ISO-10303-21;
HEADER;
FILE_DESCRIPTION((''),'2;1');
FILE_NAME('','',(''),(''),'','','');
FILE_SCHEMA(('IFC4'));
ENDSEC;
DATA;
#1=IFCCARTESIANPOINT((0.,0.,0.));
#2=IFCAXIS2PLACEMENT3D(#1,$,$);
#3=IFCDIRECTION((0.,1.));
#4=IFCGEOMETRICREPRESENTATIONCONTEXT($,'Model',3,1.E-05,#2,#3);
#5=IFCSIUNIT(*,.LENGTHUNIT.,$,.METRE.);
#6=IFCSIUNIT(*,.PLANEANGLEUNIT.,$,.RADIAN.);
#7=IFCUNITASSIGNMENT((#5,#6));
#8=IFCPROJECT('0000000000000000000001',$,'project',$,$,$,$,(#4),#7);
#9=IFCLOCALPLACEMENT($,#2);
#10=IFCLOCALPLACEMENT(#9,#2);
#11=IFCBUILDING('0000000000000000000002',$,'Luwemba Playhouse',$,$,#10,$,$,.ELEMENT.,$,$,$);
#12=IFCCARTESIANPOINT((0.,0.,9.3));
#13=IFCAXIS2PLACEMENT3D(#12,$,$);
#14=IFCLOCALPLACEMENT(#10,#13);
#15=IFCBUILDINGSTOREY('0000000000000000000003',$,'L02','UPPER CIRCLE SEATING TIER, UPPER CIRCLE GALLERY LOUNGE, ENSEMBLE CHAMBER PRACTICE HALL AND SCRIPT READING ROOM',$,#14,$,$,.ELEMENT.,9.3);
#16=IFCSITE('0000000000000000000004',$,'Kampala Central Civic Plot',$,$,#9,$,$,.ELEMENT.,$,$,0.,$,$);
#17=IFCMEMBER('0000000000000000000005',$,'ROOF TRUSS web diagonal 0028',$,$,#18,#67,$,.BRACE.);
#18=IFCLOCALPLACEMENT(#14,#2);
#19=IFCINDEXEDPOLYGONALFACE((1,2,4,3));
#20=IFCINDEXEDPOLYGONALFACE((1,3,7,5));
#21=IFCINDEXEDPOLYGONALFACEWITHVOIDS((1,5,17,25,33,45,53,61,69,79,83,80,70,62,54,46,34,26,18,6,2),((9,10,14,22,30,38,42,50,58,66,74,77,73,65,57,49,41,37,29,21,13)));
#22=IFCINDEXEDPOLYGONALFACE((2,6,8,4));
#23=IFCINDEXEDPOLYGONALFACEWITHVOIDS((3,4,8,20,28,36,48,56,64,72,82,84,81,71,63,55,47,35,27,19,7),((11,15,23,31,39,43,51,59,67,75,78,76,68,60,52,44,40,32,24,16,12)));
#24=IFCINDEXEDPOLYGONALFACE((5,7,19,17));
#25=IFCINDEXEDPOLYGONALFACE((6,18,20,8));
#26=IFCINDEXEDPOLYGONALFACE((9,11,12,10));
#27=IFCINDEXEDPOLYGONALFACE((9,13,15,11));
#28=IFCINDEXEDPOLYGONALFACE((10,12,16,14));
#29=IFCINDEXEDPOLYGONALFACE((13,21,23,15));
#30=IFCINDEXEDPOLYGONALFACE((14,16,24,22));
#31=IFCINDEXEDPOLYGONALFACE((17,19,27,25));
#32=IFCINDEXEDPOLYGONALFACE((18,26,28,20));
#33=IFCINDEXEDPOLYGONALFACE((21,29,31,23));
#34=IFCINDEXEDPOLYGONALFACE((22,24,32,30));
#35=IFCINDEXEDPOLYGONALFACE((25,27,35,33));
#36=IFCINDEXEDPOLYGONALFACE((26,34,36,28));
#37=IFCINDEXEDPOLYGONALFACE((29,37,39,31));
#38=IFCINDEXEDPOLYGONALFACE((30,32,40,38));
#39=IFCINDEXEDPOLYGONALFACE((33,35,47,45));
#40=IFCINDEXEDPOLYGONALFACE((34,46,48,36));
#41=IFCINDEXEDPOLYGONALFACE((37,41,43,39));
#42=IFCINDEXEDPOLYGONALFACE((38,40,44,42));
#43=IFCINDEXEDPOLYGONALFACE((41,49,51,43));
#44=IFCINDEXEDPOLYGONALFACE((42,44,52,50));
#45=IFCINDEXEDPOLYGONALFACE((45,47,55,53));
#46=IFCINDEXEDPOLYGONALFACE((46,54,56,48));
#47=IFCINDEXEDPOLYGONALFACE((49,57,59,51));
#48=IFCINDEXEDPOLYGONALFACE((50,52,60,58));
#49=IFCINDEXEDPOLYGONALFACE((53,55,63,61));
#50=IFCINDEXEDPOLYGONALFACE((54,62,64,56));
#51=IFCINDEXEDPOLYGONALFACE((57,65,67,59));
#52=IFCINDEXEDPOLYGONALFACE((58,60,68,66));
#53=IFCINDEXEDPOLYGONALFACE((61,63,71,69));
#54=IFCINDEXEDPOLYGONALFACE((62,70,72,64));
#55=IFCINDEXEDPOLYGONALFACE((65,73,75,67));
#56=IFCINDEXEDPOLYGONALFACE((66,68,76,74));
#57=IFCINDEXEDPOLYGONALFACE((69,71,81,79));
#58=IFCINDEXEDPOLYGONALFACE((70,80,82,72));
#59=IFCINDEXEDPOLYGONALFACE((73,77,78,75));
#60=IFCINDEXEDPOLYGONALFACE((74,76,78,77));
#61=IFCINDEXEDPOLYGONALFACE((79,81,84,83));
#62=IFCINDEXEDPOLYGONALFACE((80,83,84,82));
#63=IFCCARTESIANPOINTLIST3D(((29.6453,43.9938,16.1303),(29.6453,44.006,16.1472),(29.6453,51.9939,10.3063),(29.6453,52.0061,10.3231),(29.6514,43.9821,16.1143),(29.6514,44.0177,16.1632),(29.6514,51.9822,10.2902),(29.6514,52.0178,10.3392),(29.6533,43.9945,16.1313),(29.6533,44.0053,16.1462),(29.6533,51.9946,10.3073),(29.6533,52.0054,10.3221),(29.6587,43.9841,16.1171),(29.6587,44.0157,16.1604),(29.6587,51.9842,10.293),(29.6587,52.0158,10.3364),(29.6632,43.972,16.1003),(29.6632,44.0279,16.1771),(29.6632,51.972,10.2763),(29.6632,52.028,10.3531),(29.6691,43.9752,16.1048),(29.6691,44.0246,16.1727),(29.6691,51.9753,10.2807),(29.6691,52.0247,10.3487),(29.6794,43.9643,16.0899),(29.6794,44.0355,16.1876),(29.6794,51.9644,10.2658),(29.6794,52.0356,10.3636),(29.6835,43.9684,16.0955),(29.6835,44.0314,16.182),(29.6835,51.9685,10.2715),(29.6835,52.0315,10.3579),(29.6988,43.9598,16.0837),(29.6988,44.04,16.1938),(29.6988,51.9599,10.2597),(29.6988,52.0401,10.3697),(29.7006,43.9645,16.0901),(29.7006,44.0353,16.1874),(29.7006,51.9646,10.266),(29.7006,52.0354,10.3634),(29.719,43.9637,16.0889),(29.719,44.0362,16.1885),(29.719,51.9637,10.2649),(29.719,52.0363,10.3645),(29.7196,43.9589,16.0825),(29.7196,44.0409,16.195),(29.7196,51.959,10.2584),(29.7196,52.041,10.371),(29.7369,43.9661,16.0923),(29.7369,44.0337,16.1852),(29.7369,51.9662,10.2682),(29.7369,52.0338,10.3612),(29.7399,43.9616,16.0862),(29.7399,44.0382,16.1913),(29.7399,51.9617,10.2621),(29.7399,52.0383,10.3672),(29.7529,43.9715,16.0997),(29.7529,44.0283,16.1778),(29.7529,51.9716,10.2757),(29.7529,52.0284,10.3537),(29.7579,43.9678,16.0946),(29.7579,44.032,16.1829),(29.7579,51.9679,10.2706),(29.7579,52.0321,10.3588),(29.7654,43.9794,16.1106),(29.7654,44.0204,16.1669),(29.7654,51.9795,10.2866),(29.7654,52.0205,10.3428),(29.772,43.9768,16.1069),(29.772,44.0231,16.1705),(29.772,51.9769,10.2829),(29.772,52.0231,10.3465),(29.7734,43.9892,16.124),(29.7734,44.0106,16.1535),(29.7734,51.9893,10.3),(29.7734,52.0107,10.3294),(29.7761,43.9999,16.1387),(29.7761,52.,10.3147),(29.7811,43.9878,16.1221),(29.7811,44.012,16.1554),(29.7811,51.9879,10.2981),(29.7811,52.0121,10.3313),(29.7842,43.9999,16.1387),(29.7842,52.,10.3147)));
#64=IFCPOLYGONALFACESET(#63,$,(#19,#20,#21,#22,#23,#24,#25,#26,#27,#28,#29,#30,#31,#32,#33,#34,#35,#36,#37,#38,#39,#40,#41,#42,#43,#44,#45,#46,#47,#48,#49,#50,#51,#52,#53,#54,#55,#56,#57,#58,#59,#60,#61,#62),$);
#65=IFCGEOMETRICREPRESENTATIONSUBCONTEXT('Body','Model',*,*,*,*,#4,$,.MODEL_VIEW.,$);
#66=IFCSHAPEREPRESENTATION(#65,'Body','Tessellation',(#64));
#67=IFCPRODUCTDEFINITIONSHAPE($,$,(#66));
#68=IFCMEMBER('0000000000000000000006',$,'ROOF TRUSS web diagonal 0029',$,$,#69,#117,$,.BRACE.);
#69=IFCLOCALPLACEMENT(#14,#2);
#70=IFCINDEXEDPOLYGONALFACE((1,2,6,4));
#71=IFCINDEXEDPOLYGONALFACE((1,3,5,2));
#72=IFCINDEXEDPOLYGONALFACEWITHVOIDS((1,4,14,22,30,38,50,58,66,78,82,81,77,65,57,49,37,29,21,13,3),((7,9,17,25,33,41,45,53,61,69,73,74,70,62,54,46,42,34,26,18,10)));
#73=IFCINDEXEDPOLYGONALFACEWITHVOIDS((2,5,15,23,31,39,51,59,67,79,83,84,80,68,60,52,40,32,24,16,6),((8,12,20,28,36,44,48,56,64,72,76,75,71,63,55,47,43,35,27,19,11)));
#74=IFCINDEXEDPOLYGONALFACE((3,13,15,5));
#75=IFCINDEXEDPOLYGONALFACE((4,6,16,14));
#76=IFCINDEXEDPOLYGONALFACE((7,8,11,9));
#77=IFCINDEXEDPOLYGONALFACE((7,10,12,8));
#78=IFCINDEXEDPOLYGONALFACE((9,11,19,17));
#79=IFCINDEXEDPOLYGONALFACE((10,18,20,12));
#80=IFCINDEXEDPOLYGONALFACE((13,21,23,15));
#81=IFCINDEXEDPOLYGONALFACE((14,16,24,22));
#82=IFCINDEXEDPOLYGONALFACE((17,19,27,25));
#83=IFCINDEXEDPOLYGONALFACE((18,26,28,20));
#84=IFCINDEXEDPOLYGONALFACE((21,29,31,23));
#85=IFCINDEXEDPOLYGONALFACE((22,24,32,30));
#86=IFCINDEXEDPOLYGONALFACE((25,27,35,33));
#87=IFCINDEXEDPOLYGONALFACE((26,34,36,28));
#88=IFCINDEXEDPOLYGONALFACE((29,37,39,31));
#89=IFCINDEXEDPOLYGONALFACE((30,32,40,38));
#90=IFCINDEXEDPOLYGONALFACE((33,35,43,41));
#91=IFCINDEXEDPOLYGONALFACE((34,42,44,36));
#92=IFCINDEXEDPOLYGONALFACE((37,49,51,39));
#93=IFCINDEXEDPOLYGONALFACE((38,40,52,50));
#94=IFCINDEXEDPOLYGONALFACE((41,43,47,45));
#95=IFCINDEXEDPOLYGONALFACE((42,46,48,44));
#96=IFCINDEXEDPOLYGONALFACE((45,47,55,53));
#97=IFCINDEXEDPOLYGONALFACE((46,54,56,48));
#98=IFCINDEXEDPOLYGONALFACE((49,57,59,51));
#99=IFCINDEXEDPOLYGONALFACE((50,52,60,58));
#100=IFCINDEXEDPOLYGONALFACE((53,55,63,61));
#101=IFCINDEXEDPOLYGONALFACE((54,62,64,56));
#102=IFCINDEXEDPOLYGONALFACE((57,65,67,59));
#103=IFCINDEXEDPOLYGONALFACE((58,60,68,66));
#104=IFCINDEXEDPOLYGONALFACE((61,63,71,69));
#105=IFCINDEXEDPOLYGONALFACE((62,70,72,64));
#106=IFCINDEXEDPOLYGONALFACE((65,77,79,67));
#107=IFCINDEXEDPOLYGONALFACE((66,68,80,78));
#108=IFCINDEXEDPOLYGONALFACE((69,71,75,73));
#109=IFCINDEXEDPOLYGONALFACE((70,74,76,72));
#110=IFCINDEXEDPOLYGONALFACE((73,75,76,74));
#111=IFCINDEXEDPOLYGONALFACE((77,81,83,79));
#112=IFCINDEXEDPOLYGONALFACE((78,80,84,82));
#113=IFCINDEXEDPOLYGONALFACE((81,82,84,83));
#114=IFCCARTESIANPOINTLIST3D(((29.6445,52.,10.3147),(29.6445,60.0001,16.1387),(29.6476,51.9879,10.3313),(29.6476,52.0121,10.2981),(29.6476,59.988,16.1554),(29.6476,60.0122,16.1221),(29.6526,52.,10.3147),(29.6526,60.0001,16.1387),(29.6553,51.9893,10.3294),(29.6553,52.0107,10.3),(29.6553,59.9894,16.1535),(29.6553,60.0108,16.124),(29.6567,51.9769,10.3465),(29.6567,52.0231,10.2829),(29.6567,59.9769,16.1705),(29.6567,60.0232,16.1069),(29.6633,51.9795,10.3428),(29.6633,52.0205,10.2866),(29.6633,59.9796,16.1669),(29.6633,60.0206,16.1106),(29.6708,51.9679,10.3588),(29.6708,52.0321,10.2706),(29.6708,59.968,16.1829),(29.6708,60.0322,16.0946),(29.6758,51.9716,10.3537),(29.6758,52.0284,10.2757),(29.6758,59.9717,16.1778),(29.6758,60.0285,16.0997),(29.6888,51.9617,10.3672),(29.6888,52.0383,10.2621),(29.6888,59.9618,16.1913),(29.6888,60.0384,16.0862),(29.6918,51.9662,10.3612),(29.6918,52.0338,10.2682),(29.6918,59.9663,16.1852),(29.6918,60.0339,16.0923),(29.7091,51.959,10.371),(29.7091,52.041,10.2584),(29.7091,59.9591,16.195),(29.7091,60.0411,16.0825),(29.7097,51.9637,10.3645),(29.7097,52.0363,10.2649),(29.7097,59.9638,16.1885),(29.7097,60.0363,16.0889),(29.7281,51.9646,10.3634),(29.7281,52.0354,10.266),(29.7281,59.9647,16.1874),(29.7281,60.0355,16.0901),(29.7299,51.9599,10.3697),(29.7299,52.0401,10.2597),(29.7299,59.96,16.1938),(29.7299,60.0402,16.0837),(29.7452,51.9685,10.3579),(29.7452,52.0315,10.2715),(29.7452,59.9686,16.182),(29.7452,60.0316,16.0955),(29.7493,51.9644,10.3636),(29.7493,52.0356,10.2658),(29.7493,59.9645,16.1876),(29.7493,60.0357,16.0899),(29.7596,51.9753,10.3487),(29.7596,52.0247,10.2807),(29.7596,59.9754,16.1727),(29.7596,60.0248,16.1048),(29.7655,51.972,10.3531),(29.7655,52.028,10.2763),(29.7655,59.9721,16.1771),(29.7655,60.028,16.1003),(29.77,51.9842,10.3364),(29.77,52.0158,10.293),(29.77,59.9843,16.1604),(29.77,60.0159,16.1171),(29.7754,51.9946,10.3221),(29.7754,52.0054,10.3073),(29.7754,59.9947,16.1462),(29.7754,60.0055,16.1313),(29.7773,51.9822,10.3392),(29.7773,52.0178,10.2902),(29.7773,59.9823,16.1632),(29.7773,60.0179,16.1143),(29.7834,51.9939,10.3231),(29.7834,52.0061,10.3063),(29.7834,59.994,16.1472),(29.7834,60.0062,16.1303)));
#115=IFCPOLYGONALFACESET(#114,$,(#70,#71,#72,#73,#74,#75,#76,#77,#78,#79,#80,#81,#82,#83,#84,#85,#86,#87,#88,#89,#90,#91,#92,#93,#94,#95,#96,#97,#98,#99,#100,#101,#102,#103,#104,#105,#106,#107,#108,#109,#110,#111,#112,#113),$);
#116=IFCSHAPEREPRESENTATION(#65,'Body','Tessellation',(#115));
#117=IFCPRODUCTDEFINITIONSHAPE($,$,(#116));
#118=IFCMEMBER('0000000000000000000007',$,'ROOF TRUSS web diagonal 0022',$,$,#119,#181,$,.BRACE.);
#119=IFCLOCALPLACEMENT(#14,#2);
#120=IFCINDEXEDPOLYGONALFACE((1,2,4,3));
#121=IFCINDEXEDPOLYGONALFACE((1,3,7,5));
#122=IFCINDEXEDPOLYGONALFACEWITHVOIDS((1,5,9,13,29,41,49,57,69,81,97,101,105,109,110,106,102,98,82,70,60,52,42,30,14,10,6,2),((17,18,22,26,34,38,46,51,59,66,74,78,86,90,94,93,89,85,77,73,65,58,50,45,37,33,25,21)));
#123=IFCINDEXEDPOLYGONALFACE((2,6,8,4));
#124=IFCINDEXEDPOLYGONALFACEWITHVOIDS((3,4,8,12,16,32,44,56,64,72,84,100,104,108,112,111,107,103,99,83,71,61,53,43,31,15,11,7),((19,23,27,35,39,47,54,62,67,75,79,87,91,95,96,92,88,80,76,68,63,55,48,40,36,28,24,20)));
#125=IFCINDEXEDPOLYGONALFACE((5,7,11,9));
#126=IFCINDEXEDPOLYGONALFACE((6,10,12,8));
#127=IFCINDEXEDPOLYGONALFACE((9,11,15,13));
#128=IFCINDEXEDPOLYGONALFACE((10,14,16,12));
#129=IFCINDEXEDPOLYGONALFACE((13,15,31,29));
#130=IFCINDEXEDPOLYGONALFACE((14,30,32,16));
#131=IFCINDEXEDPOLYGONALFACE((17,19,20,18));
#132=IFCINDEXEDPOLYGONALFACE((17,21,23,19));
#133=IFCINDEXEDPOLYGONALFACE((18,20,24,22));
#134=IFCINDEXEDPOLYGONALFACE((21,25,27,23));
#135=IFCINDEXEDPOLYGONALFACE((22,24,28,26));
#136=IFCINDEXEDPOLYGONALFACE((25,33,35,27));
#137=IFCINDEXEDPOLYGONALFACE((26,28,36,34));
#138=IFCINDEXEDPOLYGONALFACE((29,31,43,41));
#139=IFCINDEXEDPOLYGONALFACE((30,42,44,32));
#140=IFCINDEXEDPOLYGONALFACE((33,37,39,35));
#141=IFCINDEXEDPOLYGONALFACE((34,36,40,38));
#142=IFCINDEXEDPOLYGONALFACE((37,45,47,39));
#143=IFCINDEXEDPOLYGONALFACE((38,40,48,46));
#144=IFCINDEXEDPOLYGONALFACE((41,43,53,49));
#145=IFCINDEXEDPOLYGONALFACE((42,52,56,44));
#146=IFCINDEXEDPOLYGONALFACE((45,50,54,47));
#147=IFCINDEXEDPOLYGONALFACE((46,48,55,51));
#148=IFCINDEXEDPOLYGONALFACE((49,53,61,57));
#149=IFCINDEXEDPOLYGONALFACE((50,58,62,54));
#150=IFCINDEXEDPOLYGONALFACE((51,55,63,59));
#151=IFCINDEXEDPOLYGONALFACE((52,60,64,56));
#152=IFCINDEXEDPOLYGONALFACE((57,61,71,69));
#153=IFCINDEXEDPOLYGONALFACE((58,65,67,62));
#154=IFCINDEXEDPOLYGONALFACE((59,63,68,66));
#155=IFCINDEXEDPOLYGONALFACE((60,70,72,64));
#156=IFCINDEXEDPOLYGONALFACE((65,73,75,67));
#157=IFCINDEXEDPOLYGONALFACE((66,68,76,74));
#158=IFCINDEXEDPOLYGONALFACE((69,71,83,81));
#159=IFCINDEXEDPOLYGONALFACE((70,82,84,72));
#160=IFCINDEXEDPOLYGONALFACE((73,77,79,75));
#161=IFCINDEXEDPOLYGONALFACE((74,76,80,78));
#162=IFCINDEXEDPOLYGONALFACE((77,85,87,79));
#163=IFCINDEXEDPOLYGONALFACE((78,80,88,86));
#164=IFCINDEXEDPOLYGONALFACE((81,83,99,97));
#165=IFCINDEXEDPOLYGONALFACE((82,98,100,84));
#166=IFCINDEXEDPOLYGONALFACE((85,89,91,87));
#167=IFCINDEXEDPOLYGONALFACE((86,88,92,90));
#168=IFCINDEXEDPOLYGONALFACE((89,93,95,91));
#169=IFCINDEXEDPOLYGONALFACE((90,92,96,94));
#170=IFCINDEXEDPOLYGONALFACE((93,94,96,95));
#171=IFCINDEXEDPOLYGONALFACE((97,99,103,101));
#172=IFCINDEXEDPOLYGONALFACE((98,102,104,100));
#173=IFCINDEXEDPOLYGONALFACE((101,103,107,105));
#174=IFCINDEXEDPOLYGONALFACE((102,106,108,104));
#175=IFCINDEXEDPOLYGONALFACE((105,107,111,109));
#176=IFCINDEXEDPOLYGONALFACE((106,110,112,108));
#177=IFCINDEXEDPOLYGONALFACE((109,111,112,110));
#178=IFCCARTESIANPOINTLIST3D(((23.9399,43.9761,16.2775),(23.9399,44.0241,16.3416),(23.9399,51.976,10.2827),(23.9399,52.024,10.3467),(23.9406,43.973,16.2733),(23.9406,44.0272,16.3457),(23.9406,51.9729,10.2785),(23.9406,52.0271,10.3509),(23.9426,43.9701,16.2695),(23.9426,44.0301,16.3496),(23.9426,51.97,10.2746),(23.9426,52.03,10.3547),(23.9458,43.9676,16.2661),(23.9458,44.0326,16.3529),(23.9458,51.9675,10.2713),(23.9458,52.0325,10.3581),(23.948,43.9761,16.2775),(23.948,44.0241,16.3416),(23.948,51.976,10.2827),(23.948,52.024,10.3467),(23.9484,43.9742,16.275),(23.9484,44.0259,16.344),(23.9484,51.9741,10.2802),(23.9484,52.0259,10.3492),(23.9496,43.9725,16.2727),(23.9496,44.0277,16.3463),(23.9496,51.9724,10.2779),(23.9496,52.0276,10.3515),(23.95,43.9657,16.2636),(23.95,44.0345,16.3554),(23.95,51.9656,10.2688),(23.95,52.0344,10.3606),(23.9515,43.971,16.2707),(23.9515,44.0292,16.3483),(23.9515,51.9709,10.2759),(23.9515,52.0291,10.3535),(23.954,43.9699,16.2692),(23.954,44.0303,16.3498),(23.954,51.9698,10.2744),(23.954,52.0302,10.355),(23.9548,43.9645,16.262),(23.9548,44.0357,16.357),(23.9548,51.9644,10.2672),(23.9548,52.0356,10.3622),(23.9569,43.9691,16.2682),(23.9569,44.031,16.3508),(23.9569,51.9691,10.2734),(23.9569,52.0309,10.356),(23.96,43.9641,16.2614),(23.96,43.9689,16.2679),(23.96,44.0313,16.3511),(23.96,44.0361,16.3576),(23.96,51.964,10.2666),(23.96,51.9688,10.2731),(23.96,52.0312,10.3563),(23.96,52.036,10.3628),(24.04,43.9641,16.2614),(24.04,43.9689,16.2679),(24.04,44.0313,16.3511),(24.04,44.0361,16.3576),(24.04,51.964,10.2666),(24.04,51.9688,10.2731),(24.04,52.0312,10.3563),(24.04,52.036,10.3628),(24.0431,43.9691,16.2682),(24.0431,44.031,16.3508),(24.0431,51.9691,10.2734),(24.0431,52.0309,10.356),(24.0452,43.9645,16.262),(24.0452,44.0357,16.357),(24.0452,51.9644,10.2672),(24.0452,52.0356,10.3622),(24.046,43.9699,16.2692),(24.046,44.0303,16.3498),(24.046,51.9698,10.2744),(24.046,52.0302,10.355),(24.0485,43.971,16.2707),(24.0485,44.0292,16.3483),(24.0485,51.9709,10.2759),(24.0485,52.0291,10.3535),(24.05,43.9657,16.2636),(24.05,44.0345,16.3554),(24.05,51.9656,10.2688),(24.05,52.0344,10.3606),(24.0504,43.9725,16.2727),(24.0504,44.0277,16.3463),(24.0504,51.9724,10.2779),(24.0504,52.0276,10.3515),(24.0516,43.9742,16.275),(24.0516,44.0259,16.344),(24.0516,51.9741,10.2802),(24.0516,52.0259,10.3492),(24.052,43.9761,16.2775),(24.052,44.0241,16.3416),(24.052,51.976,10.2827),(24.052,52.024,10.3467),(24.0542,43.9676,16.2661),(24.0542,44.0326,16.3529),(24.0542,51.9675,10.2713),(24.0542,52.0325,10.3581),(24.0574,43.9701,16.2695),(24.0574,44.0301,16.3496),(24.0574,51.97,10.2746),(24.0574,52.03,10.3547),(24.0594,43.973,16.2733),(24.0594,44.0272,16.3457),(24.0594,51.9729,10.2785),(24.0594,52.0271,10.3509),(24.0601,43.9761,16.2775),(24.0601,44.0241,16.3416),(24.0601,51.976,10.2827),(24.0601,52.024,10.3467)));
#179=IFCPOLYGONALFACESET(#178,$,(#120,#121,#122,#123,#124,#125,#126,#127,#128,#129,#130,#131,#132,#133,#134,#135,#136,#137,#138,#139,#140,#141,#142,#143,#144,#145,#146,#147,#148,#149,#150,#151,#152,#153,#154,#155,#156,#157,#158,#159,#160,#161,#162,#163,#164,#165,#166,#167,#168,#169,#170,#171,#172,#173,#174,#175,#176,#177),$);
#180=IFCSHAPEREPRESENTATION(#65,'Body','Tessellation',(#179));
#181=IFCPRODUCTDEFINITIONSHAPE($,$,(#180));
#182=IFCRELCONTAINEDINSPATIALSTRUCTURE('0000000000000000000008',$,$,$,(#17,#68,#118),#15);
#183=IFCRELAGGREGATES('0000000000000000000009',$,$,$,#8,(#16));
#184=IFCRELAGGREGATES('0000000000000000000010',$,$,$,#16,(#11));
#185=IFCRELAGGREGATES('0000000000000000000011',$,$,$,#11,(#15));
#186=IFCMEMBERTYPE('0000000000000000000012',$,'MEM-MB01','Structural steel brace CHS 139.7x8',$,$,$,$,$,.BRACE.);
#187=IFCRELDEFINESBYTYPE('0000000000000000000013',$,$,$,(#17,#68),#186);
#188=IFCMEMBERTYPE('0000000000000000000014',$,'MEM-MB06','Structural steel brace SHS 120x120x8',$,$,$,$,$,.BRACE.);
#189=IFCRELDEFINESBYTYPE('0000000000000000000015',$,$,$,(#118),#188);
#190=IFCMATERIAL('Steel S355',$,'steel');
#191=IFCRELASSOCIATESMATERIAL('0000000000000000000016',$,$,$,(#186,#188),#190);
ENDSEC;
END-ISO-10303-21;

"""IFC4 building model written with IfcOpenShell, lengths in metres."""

from ifc_helpers import new_model, si_unit, direction, frame, origin, origin_2d, place, context, subcontext, project, spatial, hollow_rectangle, hollow_circle, extrude, material, material_profile, profile_set, type_object, element, save


model = new_model("IFC4")

# Units and contexts
model_context = context("Model", 3, precision=1e-05, world=origin(), true_north=direction((0.0, 1.0)))
body_context = subcontext(model_context, "Body", "Model", "MODEL_VIEW")
ifc_project = project(units=[si_unit("LENGTHUNIT", "METRE"), si_unit("PLANEANGLEUNIT", "RADIAN")], contexts=[model_context])

# Site, building, storey
site_placement = place(None, origin())
site = spatial("IfcSite", under=ifc_project, at=site_placement, Name="Kampala Central Civic Plot", CompositionType="ELEMENT", RefElevation=0.0)
building_placement = place(site_placement, origin())
building = spatial("IfcBuilding", under=site, at=building_placement, Name="Luwemba Playhouse", CompositionType="ELEMENT")
storey_placement = place(building_placement, frame((0.0, 0.0, 9.3)))
storey = spatial("IfcBuildingStorey", under=building, at=storey_placement, Name="L02", Description="UPPER CIRCLE SEATING TIER, UPPER CIRCLE GALLERY LOUNGE, ENSEMBLE CHAMBER PRACTICE HALL AND SCRIPT READING ROOM", CompositionType="ELEMENT", Elevation=9.3)

# Shared definitions
ifc_material_1 = material(Name="Steel S355", Category="steel")

# Members
ifc_material_profile_1 = material_profile(ifc_material_1, hollow_circle(Radius=0.0698, WallThickness=0.0081, at=origin_2d()))
ifc_profile_set_1 = profile_set([ifc_material_profile_1], Name="Steel S355")
member_type_1 = type_object("IfcMemberType", Name="MEM-MB01", Description="Structural steel brace CHS 139.7x8", PredefinedType="BRACE", material=ifc_profile_set_1)
for number, where, z_axis, x_axis, name in (
    (1, (29.7144, 52.0, 10.3147), (0.0, -0.808458, 0.588555), (1.0, 0.0, 0.0), "ROOF TRUSS web diagonal 0028"),
    (2, (29.7144, 52.0, 10.3147), (0.0, 0.808458, 0.588555), (-1.0, 0.0, 0.0), "ROOF TRUSS web diagonal 0029"),
):
    element("IfcMember", number, at=place(storey_placement, frame(where, z_axis=z_axis, x_axis=x_axis)), inside=storey, type_object=member_type_1, Name=name, PredefinedType="BRACE", context=body_context, shape_type="SweptSolid", body=[
        extrude(hollow_circle(Radius=0.0698, WallThickness=0.0081, at=origin_2d()), origin(), (0.0, 0.0, 1.0), 9.8955),
    ])
ifc_material_profile_2 = material_profile(ifc_material_1, hollow_rectangle(XDim=0.1201, YDim=0.1201, WallThickness=0.0081, InnerFilletRadius=0.012, OuterFilletRadius=0.02, at=origin_2d()))
ifc_profile_set_2 = profile_set([ifc_material_profile_2], Name="Steel S355")
member_type_2 = type_object("IfcMemberType", Name="MEM-MB06", Description="Structural steel brace SHS 120x120x8", PredefinedType="BRACE", material=ifc_profile_set_2)
for number, where, z_axis, x_axis, name in (
    (3, (24.0, 52.0, 10.3147), (0.0, -0.800246, 0.599672), (1.0, 0.0, 0.0), "ROOF TRUSS web diagonal 0022"),
):
    element("IfcMember", number, at=place(storey_placement, frame(where, z_axis=z_axis, x_axis=x_axis)), inside=storey, type_object=member_type_2, Name=name, PredefinedType="BRACE", context=body_context, shape_type="SweptSolid", body=[
        extrude(hollow_rectangle(XDim=0.1201, YDim=0.1201, WallThickness=0.0081, InnerFilletRadius=0.012, OuterFilletRadius=0.02, at=origin_2d()), origin(), (0.0, 0.0, 1.0), 9.9968),
    ])

save(model, "model.ifc")
